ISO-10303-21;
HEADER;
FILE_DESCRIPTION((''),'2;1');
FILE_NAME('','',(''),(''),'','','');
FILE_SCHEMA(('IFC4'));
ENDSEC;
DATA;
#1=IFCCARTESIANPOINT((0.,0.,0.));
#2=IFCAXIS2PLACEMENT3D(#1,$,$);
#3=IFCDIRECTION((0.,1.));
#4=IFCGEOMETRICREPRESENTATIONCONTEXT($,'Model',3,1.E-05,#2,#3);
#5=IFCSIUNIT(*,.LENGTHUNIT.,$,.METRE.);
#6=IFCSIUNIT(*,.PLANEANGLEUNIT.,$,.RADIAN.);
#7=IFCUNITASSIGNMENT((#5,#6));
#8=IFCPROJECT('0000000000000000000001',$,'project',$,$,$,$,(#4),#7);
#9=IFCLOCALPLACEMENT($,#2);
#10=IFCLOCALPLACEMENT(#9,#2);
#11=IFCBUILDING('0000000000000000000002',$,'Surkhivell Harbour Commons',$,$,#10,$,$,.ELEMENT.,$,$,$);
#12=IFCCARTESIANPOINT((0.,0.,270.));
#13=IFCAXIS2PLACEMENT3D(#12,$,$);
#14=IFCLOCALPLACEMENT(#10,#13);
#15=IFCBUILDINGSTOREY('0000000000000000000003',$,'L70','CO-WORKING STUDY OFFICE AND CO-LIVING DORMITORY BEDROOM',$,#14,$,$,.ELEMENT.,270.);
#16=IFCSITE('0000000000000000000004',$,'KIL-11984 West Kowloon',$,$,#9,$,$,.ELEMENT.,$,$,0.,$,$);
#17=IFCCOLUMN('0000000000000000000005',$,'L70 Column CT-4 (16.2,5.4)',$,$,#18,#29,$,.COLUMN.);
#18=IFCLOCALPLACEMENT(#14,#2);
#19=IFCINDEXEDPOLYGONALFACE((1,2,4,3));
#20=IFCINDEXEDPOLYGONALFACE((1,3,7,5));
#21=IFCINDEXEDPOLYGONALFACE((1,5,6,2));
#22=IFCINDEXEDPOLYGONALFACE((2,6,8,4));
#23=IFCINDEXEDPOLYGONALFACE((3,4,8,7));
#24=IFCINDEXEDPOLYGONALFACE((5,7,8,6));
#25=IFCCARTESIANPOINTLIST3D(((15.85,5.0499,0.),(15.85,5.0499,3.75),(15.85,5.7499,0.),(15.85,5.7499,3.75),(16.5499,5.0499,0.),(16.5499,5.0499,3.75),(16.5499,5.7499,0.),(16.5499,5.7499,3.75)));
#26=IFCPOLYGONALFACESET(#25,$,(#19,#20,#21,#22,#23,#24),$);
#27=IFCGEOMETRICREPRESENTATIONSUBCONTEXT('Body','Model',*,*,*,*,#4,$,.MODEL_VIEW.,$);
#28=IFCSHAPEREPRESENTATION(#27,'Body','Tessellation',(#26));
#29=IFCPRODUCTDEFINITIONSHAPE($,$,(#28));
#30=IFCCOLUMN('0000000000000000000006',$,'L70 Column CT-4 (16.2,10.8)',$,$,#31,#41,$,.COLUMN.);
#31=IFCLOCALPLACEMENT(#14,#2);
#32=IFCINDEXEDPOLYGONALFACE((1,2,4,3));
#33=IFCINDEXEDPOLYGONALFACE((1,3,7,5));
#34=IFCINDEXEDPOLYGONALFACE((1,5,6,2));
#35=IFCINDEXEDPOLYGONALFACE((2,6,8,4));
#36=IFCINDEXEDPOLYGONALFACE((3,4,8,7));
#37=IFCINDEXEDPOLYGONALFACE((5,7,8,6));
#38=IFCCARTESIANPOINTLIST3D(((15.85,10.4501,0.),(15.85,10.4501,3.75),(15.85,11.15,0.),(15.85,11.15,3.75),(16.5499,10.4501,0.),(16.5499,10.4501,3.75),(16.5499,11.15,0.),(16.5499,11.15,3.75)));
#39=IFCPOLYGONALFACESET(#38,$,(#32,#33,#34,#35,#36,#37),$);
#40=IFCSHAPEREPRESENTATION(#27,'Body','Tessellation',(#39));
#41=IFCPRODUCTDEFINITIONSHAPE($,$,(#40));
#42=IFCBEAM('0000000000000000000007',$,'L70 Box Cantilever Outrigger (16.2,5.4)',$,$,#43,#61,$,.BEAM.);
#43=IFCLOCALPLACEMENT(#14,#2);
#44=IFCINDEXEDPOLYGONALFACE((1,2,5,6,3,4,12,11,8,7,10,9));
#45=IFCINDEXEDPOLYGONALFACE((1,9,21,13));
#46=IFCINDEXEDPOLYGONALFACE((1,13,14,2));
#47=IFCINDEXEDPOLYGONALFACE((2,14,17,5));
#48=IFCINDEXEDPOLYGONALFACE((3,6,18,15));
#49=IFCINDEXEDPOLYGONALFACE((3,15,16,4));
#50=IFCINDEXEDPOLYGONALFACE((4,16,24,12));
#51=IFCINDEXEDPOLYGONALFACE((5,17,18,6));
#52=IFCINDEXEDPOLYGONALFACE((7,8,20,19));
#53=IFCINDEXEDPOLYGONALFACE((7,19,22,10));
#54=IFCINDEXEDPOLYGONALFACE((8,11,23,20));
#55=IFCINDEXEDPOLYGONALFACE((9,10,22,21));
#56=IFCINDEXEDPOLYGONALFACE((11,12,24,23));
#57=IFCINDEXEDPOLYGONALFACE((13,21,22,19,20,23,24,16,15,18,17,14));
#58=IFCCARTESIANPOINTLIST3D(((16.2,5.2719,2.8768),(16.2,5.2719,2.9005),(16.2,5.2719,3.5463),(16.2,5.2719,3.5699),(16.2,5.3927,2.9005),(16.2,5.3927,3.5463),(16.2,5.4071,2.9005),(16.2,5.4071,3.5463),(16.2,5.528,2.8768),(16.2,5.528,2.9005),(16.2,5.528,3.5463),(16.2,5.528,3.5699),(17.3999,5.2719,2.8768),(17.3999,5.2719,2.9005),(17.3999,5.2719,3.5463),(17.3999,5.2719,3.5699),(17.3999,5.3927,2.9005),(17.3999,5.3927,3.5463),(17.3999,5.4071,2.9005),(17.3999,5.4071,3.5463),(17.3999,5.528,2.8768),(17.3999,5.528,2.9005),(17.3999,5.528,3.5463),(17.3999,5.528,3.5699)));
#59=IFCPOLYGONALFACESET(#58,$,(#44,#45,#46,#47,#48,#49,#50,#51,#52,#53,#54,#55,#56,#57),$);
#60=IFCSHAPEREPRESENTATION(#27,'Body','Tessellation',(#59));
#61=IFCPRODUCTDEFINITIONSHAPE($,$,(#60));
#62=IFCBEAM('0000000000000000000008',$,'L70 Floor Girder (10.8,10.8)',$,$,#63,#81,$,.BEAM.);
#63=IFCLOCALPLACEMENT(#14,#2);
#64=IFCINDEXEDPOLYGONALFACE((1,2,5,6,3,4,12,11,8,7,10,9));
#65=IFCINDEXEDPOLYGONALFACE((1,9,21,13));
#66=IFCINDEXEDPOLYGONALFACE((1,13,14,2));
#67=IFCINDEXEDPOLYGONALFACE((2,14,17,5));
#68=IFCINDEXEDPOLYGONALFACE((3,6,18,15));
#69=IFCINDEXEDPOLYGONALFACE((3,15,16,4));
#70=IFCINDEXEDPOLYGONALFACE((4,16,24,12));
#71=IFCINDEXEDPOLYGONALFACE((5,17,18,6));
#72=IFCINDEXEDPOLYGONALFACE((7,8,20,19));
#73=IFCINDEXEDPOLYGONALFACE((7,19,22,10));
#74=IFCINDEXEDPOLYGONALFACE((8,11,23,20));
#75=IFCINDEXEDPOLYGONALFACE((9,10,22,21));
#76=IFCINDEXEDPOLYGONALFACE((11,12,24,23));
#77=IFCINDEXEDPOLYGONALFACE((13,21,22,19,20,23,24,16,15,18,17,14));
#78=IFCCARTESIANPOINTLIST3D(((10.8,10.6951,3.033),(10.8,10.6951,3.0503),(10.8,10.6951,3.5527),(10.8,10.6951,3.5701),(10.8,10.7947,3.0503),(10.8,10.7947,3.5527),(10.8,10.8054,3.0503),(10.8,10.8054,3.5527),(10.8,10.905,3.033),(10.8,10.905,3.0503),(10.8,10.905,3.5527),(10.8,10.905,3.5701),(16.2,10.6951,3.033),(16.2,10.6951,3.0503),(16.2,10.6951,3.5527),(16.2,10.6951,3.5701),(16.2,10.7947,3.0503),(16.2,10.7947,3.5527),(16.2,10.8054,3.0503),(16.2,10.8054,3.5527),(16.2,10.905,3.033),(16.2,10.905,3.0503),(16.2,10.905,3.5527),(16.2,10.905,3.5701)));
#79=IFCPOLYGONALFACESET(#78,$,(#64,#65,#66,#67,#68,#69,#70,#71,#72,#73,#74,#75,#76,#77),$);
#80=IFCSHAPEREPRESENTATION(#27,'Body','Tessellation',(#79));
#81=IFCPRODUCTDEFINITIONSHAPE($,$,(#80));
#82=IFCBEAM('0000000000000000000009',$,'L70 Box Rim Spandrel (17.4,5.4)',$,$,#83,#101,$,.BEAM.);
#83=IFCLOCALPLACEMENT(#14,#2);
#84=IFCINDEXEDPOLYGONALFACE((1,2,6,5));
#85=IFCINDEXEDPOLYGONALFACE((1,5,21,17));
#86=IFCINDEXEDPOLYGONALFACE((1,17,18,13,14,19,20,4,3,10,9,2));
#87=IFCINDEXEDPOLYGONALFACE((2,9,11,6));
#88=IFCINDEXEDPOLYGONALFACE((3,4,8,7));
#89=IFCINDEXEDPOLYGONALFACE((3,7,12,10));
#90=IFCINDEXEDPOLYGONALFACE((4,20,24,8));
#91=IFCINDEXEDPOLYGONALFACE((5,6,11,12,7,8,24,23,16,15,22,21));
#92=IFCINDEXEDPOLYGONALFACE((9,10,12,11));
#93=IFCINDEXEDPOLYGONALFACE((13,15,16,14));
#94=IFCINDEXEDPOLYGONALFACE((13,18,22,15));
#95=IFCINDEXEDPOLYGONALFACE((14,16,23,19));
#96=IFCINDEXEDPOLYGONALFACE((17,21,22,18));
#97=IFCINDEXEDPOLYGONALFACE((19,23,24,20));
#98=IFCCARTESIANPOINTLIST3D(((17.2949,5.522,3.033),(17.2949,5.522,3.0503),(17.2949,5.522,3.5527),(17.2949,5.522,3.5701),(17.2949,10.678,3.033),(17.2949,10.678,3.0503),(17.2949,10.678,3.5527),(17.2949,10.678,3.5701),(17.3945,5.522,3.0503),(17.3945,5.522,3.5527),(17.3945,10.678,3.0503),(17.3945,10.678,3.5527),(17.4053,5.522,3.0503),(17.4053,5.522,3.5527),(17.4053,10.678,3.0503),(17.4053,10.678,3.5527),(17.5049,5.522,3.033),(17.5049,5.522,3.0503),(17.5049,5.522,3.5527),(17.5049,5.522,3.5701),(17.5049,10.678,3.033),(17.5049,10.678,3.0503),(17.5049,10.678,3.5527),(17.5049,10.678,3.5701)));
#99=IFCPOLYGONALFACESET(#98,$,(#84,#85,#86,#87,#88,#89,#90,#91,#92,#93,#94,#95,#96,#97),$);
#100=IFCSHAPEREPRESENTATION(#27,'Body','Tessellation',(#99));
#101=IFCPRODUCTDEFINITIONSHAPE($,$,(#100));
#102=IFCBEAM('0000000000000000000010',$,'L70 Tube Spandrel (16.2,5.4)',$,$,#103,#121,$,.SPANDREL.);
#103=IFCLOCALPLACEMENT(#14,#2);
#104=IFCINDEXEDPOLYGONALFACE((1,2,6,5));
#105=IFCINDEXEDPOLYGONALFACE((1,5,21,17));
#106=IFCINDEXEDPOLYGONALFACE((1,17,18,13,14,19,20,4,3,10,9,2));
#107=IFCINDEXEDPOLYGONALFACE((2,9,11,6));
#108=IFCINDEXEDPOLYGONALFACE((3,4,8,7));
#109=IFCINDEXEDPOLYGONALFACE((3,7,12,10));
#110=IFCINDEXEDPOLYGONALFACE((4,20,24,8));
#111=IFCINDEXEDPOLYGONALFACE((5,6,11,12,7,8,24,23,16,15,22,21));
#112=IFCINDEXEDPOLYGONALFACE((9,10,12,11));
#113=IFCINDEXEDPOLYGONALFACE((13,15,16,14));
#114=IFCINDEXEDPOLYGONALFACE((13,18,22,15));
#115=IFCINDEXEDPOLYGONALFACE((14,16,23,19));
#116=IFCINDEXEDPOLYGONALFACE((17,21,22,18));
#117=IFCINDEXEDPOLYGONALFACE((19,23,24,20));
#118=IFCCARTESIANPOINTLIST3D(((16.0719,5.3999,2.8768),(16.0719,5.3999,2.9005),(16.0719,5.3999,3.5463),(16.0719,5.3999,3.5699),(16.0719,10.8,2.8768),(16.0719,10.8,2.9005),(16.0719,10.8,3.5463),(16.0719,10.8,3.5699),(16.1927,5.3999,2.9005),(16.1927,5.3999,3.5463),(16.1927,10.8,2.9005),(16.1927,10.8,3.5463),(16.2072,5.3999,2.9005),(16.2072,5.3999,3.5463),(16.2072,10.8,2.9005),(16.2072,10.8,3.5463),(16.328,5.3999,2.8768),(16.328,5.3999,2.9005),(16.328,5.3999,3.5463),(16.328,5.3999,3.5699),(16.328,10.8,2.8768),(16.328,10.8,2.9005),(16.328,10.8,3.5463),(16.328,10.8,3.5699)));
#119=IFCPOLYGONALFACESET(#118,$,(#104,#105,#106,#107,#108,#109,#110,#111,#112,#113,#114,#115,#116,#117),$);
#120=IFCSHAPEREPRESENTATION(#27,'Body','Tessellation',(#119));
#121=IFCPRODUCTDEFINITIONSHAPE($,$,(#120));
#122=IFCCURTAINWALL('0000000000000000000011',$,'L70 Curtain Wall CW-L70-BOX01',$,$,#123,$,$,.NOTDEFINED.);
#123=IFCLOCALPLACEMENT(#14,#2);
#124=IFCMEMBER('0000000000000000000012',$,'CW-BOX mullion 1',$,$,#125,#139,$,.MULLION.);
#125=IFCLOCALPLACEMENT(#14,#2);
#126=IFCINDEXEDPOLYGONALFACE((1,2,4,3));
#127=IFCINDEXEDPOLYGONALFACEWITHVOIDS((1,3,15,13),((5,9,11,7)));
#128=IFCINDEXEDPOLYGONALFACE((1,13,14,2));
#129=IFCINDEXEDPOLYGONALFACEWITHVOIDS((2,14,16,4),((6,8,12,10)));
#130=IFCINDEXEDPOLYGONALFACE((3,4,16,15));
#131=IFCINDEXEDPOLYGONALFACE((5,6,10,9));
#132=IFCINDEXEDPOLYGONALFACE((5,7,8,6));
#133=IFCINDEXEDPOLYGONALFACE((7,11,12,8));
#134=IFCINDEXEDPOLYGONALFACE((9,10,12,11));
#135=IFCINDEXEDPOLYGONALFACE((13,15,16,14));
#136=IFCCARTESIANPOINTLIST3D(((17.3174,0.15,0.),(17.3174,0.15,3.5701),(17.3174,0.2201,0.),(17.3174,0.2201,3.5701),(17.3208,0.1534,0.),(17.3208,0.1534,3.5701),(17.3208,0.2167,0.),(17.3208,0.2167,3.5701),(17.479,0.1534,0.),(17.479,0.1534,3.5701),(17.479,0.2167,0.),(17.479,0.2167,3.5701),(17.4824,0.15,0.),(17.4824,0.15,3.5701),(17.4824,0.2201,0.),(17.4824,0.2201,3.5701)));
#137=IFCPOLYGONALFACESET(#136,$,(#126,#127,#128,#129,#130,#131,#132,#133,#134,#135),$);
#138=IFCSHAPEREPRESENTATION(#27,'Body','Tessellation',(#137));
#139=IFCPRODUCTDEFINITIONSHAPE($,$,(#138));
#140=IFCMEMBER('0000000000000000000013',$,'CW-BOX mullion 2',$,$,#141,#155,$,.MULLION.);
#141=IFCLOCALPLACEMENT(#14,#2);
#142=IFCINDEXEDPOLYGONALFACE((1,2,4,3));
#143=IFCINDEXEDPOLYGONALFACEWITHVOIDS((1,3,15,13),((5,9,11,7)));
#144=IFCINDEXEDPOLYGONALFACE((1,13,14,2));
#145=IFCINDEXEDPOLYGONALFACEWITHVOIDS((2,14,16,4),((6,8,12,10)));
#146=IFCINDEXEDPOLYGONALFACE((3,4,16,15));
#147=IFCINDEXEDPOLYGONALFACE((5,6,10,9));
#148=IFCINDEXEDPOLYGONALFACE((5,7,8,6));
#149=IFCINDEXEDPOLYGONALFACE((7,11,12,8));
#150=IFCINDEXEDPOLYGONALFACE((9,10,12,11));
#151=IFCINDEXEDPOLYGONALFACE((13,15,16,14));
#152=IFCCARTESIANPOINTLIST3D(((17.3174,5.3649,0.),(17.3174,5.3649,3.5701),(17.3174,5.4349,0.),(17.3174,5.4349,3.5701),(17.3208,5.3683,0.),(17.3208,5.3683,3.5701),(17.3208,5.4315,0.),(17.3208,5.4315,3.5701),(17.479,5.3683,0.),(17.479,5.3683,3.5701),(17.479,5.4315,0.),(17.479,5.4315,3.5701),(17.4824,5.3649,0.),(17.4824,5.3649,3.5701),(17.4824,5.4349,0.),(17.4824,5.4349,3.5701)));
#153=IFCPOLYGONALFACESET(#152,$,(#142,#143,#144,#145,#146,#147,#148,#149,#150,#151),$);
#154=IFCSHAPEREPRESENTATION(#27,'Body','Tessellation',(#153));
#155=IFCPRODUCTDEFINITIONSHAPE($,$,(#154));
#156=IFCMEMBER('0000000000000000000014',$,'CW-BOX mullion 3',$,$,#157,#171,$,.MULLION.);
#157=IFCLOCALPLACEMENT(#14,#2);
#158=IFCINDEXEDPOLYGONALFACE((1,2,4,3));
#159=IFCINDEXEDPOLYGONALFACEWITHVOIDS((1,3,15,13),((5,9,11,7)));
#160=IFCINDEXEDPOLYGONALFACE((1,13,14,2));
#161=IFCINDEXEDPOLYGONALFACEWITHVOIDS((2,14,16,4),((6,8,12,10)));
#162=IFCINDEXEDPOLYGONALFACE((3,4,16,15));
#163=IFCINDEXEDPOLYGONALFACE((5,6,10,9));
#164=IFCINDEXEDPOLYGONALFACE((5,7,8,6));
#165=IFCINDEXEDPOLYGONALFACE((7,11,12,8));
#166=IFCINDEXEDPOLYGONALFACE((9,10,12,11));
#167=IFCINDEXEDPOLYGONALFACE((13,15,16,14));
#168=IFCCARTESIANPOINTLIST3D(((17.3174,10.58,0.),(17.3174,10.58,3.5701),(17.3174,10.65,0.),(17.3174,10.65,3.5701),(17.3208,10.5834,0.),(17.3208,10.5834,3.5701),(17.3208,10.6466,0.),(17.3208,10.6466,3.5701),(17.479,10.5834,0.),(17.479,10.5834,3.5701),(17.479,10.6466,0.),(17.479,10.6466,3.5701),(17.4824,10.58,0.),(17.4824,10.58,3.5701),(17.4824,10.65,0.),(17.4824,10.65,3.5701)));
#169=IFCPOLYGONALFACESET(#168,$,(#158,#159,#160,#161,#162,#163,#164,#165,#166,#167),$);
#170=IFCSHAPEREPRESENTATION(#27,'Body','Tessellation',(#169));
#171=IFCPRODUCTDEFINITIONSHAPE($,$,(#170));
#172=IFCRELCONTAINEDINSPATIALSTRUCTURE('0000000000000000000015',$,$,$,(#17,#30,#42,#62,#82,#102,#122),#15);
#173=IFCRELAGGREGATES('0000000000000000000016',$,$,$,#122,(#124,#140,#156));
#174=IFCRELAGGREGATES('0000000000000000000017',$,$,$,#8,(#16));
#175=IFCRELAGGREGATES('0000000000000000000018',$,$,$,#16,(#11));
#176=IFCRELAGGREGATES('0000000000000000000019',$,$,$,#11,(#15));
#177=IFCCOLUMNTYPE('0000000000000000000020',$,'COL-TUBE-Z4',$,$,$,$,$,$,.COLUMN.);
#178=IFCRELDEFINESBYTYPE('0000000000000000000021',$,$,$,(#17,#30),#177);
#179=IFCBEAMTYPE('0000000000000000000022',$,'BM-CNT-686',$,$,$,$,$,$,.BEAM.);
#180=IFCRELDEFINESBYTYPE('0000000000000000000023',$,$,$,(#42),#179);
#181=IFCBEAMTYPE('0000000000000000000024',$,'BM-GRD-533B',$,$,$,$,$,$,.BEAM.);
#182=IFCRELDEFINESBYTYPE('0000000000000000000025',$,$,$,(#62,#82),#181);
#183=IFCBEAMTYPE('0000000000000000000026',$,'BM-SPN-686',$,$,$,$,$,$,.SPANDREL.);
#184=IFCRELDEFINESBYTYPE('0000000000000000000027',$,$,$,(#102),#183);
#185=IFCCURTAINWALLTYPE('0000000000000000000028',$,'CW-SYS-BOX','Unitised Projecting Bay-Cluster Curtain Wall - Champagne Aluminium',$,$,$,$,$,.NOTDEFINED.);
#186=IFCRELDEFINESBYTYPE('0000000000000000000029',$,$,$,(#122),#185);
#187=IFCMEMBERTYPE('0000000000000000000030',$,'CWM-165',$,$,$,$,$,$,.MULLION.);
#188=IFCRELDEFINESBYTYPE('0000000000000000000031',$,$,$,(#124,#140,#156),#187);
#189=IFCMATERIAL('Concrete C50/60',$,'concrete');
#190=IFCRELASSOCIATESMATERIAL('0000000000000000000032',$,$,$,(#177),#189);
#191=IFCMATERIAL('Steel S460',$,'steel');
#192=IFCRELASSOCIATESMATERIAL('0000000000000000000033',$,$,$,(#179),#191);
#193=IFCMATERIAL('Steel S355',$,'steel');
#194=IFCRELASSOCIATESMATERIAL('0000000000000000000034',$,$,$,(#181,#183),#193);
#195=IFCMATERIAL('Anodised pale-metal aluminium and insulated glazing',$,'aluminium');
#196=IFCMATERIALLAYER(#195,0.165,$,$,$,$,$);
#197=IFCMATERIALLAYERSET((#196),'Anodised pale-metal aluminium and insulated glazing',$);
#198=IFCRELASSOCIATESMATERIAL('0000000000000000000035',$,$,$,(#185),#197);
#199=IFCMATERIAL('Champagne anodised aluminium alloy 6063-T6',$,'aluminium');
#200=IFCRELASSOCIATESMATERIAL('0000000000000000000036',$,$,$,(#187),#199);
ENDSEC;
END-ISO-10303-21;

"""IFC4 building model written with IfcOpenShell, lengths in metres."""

from ifc_helpers import new_model, si_unit, direction, frame, origin, origin_2d, place, context, subcontext, project, spatial, rectangle, hollow_rectangle, i_section, extrude, material, layer, layer_set, material_profile, profile_set, type_object, element, aggregate, save


model = new_model("IFC4")

# Units and contexts
model_context = context("Model", 3, precision=1e-05, world=origin(), true_north=direction((0.0, 1.0)))
body_context = subcontext(model_context, "Body", "Model", "MODEL_VIEW")
ifc_project = project(units=[si_unit("LENGTHUNIT", "METRE"), si_unit("PLANEANGLEUNIT", "RADIAN")], contexts=[model_context])

# Site, building, storey
site_placement = place(None, origin())
site = spatial("IfcSite", under=ifc_project, at=site_placement, Name="KIL-11984 West Kowloon", CompositionType="ELEMENT", RefElevation=0.0)
building_placement = place(site_placement, origin())
building = spatial("IfcBuilding", under=site, at=building_placement, Name="Surkhivell Harbour Commons", CompositionType="ELEMENT")
storey_placement = place(building_placement, frame((0.0, 0.0, 270.0)))
storey = spatial("IfcBuildingStorey", under=building, at=storey_placement, Name="L70", Description="CO-WORKING STUDY OFFICE AND CO-LIVING DORMITORY BEDROOM", CompositionType="ELEMENT", Elevation=270.0)

# Columns
ifc_material_1 = material(Name="Concrete C50/60", Category="concrete")
ifc_material_profile_1 = material_profile(ifc_material_1, rectangle(XDim=0.7, YDim=0.7, at=origin_2d()), Name="RC-COL-700x700")
ifc_profile_set_1 = profile_set([ifc_material_profile_1], Name="Concrete C50/60")
column_type = type_object("IfcColumnType", Name="COL-TUBE-Z4", PredefinedType="COLUMN", material=ifc_profile_set_1)
for number, where, z_axis, x_axis, name in (
    (1, (16.2, 5.3999, 0.0), (0.0, 0.0, 1.0), (1.0, 0.0, 0.0), "L70 Column CT-4 (16.2,5.4)"),
    (2, (16.2, 10.8, 0.0), (0.0, 0.0, 1.0), (1.0, 0.0, 0.0), "L70 Column CT-4 (16.2,10.8)"),
):
    element("IfcColumn", number, at=place(storey_placement, frame(where, z_axis=z_axis, x_axis=x_axis)), inside=storey, type_object=column_type, Name=name, PredefinedType="COLUMN", context=body_context, shape_type="SweptSolid", body=[
        extrude(rectangle(XDim=0.7, YDim=0.7, at=origin_2d()), origin(), (0.0, 0.0, 1.0), 3.75),
    ])

# Beams
ifc_material_2 = material(Name="Steel S460", Category="steel")
ifc_material_profile_2 = material_profile(ifc_material_2, i_section(OverallWidth=0.2561, OverallDepth=0.6931, WebThickness=0.0144, FlangeThickness=0.0237, at=origin_2d()), Name="UB686x254x170")
ifc_profile_set_2 = profile_set([ifc_material_profile_2], Name="Steel S460")
beam_type_1 = type_object("IfcBeamType", Name="BM-CNT-686", PredefinedType="BEAM", material=ifc_profile_set_2)
beam_1_placement = place(storey_placement, frame((16.2, 5.3999, 3.2234), z_axis=(1.0, 0.0, 0.0), x_axis=(0.0, 1.0, 0.0)))
element("IfcBeam", 3, at=beam_1_placement, inside=storey, type_object=beam_type_1, Name="L70 Box Cantilever Outrigger (16.2,5.4)", PredefinedType="BEAM", context=body_context, shape_type="SweptSolid", body=[
    extrude(i_section(OverallWidth=0.2561, OverallDepth=0.6931, WebThickness=0.0144, FlangeThickness=0.0237, at=origin_2d()), origin(), (0.0, 0.0, 1.0), 1.2),
])
ifc_material_3 = material(Name="Steel S355", Category="steel")
ifc_material_profile_3 = material_profile(ifc_material_3, i_section(OverallWidth=0.21, OverallDepth=0.5371, WebThickness=0.0107, FlangeThickness=0.0173, at=origin_2d()), Name="UB533x210x101")
ifc_profile_set_3 = profile_set([ifc_material_profile_3], Name="Steel S355")
beam_type_2 = type_object("IfcBeamType", Name="BM-GRD-533B", PredefinedType="BEAM", material=ifc_profile_set_3)
beam_2_placement = place(storey_placement, frame((10.8, 10.8, 3.3015), z_axis=(1.0, 0.0, 0.0), x_axis=(0.0, 1.0, 0.0)))
element("IfcBeam", 4, at=beam_2_placement, inside=storey, type_object=beam_type_2, Name="L70 Floor Girder (10.8,10.8)", PredefinedType="BEAM", context=body_context, shape_type="SweptSolid", body=[
    extrude(i_section(OverallWidth=0.21, OverallDepth=0.5371, WebThickness=0.0107, FlangeThickness=0.0173, at=origin_2d()), origin(), (0.0, 0.0, 1.0), 5.3999),
])
beam_3_placement = place(storey_placement, frame((17.3999, 5.522, 3.3015), z_axis=(0.0, 1.0, 0.0), x_axis=(-1.0, 0.0, 0.0)))
element("IfcBeam", 5, at=beam_3_placement, inside=storey, type_object=beam_type_2, Name="L70 Box Rim Spandrel (17.4,5.4)", PredefinedType="BEAM", context=body_context, shape_type="SweptSolid", body=[
    extrude(i_section(OverallWidth=0.21, OverallDepth=0.5371, WebThickness=0.0107, FlangeThickness=0.0173, at=origin_2d()), origin(), (0.0, 0.0, 1.0), 5.156),
])
ifc_material_profile_4 = material_profile(ifc_material_3, i_section(OverallWidth=0.2561, OverallDepth=0.6931, WebThickness=0.0144, FlangeThickness=0.0237, at=origin_2d()), Name="UB686x254x170")
ifc_profile_set_4 = profile_set([ifc_material_profile_4], Name="Steel S355")
beam_type_3 = type_object("IfcBeamType", Name="BM-SPN-686", PredefinedType="SPANDREL", material=ifc_profile_set_4)
beam_4_placement = place(storey_placement, frame((16.2, 5.3999, 3.2234), z_axis=(0.0, 1.0, 0.0), x_axis=(-1.0, 0.0, 0.0)))
element("IfcBeam", 6, at=beam_4_placement, inside=storey, type_object=beam_type_3, Name="L70 Tube Spandrel (16.2,5.4)", PredefinedType="SPANDREL", context=body_context, shape_type="SweptSolid", body=[
    extrude(i_section(OverallWidth=0.2561, OverallDepth=0.6931, WebThickness=0.0144, FlangeThickness=0.0237, at=origin_2d()), origin(), (0.0, 0.0, 1.0), 5.4001),
])

# Curtain wall, members
ifc_material_4 = material(Name="Anodised pale-metal aluminium and insulated glazing", Category="aluminium")
ifc_layer_1 = layer(ifc_material_4, 0.165)
ifc_layer_set_1 = layer_set([ifc_layer_1], Name="Anodised pale-metal aluminium and insulated glazing")
curtain_wall_type = type_object("IfcCurtainWallType", Name="CW-SYS-BOX", Description="Unitised Projecting Bay-Cluster Curtain Wall - Champagne Aluminium", PredefinedType="NOTDEFINED", material=ifc_layer_set_1)
curtain_wall_placement = place(storey_placement, origin())
curtain_wall = element("IfcCurtainWall", 7, at=curtain_wall_placement, inside=storey, type_object=curtain_wall_type, Name="L70 Curtain Wall CW-L70-BOX01", PredefinedType="NOTDEFINED")
ifc_material_5 = material(Name="Champagne anodised aluminium alloy 6063-T6", Category="aluminium")
ifc_material_profile_5 = material_profile(ifc_material_5, hollow_rectangle(XDim=0.0701, YDim=0.165, WallThickness=0.0034, at=origin_2d()), Name="ALU-MULL-70x165")
ifc_profile_set_5 = profile_set([ifc_material_profile_5], Name="Champagne anodised aluminium alloy 6063-T6")
member_type_1 = type_object("IfcMemberType", Name="CWM-165", PredefinedType="MULLION", material=ifc_profile_set_5)
member_1_placement = place(storey_placement, frame((17.3999, 0.1851, 0.0), z_axis=(0.0, 0.0, 1.0), x_axis=(0.0, 1.0, 0.0)))
member_1 = element("IfcMember", 8, at=member_1_placement, type_object=member_type_1, Name="CW-BOX mullion 1", PredefinedType="MULLION", context=body_context, shape_type="SweptSolid", body=[
    extrude(hollow_rectangle(XDim=0.0701, YDim=0.165, WallThickness=0.0034, at=origin_2d()), origin(), (0.0, 0.0, 1.0), 3.5701),
])
member_2_placement = place(storey_placement, frame((17.3999, 5.3999, 0.0), z_axis=(0.0, 0.0, 1.0), x_axis=(0.0, 1.0, 0.0)))
member_2 = element("IfcMember", 9, at=member_2_placement, type_object=member_type_1, Name="CW-BOX mullion 2", PredefinedType="MULLION", context=body_context, shape_type="SweptSolid", body=[
    extrude(hollow_rectangle(XDim=0.0701, YDim=0.165, WallThickness=0.0034, at=origin_2d()), origin(), (0.0, 0.0, 1.0), 3.5701),
])
member_3_placement = place(storey_placement, frame((17.3999, 10.615, 0.0), z_axis=(0.0, 0.0, 1.0), x_axis=(0.0, 1.0, 0.0)))
member_3 = element("IfcMember", 10, at=member_3_placement, type_object=member_type_1, Name="CW-BOX mullion 3", PredefinedType="MULLION", context=body_context, shape_type="SweptSolid", body=[
    extrude(hollow_rectangle(XDim=0.0701, YDim=0.165, WallThickness=0.0034, at=origin_2d()), origin(), (0.0, 0.0, 1.0), 3.5701),
])
aggregate(curtain_wall, [member_1, member_2, member_3])

save(model, "model.ifc")
